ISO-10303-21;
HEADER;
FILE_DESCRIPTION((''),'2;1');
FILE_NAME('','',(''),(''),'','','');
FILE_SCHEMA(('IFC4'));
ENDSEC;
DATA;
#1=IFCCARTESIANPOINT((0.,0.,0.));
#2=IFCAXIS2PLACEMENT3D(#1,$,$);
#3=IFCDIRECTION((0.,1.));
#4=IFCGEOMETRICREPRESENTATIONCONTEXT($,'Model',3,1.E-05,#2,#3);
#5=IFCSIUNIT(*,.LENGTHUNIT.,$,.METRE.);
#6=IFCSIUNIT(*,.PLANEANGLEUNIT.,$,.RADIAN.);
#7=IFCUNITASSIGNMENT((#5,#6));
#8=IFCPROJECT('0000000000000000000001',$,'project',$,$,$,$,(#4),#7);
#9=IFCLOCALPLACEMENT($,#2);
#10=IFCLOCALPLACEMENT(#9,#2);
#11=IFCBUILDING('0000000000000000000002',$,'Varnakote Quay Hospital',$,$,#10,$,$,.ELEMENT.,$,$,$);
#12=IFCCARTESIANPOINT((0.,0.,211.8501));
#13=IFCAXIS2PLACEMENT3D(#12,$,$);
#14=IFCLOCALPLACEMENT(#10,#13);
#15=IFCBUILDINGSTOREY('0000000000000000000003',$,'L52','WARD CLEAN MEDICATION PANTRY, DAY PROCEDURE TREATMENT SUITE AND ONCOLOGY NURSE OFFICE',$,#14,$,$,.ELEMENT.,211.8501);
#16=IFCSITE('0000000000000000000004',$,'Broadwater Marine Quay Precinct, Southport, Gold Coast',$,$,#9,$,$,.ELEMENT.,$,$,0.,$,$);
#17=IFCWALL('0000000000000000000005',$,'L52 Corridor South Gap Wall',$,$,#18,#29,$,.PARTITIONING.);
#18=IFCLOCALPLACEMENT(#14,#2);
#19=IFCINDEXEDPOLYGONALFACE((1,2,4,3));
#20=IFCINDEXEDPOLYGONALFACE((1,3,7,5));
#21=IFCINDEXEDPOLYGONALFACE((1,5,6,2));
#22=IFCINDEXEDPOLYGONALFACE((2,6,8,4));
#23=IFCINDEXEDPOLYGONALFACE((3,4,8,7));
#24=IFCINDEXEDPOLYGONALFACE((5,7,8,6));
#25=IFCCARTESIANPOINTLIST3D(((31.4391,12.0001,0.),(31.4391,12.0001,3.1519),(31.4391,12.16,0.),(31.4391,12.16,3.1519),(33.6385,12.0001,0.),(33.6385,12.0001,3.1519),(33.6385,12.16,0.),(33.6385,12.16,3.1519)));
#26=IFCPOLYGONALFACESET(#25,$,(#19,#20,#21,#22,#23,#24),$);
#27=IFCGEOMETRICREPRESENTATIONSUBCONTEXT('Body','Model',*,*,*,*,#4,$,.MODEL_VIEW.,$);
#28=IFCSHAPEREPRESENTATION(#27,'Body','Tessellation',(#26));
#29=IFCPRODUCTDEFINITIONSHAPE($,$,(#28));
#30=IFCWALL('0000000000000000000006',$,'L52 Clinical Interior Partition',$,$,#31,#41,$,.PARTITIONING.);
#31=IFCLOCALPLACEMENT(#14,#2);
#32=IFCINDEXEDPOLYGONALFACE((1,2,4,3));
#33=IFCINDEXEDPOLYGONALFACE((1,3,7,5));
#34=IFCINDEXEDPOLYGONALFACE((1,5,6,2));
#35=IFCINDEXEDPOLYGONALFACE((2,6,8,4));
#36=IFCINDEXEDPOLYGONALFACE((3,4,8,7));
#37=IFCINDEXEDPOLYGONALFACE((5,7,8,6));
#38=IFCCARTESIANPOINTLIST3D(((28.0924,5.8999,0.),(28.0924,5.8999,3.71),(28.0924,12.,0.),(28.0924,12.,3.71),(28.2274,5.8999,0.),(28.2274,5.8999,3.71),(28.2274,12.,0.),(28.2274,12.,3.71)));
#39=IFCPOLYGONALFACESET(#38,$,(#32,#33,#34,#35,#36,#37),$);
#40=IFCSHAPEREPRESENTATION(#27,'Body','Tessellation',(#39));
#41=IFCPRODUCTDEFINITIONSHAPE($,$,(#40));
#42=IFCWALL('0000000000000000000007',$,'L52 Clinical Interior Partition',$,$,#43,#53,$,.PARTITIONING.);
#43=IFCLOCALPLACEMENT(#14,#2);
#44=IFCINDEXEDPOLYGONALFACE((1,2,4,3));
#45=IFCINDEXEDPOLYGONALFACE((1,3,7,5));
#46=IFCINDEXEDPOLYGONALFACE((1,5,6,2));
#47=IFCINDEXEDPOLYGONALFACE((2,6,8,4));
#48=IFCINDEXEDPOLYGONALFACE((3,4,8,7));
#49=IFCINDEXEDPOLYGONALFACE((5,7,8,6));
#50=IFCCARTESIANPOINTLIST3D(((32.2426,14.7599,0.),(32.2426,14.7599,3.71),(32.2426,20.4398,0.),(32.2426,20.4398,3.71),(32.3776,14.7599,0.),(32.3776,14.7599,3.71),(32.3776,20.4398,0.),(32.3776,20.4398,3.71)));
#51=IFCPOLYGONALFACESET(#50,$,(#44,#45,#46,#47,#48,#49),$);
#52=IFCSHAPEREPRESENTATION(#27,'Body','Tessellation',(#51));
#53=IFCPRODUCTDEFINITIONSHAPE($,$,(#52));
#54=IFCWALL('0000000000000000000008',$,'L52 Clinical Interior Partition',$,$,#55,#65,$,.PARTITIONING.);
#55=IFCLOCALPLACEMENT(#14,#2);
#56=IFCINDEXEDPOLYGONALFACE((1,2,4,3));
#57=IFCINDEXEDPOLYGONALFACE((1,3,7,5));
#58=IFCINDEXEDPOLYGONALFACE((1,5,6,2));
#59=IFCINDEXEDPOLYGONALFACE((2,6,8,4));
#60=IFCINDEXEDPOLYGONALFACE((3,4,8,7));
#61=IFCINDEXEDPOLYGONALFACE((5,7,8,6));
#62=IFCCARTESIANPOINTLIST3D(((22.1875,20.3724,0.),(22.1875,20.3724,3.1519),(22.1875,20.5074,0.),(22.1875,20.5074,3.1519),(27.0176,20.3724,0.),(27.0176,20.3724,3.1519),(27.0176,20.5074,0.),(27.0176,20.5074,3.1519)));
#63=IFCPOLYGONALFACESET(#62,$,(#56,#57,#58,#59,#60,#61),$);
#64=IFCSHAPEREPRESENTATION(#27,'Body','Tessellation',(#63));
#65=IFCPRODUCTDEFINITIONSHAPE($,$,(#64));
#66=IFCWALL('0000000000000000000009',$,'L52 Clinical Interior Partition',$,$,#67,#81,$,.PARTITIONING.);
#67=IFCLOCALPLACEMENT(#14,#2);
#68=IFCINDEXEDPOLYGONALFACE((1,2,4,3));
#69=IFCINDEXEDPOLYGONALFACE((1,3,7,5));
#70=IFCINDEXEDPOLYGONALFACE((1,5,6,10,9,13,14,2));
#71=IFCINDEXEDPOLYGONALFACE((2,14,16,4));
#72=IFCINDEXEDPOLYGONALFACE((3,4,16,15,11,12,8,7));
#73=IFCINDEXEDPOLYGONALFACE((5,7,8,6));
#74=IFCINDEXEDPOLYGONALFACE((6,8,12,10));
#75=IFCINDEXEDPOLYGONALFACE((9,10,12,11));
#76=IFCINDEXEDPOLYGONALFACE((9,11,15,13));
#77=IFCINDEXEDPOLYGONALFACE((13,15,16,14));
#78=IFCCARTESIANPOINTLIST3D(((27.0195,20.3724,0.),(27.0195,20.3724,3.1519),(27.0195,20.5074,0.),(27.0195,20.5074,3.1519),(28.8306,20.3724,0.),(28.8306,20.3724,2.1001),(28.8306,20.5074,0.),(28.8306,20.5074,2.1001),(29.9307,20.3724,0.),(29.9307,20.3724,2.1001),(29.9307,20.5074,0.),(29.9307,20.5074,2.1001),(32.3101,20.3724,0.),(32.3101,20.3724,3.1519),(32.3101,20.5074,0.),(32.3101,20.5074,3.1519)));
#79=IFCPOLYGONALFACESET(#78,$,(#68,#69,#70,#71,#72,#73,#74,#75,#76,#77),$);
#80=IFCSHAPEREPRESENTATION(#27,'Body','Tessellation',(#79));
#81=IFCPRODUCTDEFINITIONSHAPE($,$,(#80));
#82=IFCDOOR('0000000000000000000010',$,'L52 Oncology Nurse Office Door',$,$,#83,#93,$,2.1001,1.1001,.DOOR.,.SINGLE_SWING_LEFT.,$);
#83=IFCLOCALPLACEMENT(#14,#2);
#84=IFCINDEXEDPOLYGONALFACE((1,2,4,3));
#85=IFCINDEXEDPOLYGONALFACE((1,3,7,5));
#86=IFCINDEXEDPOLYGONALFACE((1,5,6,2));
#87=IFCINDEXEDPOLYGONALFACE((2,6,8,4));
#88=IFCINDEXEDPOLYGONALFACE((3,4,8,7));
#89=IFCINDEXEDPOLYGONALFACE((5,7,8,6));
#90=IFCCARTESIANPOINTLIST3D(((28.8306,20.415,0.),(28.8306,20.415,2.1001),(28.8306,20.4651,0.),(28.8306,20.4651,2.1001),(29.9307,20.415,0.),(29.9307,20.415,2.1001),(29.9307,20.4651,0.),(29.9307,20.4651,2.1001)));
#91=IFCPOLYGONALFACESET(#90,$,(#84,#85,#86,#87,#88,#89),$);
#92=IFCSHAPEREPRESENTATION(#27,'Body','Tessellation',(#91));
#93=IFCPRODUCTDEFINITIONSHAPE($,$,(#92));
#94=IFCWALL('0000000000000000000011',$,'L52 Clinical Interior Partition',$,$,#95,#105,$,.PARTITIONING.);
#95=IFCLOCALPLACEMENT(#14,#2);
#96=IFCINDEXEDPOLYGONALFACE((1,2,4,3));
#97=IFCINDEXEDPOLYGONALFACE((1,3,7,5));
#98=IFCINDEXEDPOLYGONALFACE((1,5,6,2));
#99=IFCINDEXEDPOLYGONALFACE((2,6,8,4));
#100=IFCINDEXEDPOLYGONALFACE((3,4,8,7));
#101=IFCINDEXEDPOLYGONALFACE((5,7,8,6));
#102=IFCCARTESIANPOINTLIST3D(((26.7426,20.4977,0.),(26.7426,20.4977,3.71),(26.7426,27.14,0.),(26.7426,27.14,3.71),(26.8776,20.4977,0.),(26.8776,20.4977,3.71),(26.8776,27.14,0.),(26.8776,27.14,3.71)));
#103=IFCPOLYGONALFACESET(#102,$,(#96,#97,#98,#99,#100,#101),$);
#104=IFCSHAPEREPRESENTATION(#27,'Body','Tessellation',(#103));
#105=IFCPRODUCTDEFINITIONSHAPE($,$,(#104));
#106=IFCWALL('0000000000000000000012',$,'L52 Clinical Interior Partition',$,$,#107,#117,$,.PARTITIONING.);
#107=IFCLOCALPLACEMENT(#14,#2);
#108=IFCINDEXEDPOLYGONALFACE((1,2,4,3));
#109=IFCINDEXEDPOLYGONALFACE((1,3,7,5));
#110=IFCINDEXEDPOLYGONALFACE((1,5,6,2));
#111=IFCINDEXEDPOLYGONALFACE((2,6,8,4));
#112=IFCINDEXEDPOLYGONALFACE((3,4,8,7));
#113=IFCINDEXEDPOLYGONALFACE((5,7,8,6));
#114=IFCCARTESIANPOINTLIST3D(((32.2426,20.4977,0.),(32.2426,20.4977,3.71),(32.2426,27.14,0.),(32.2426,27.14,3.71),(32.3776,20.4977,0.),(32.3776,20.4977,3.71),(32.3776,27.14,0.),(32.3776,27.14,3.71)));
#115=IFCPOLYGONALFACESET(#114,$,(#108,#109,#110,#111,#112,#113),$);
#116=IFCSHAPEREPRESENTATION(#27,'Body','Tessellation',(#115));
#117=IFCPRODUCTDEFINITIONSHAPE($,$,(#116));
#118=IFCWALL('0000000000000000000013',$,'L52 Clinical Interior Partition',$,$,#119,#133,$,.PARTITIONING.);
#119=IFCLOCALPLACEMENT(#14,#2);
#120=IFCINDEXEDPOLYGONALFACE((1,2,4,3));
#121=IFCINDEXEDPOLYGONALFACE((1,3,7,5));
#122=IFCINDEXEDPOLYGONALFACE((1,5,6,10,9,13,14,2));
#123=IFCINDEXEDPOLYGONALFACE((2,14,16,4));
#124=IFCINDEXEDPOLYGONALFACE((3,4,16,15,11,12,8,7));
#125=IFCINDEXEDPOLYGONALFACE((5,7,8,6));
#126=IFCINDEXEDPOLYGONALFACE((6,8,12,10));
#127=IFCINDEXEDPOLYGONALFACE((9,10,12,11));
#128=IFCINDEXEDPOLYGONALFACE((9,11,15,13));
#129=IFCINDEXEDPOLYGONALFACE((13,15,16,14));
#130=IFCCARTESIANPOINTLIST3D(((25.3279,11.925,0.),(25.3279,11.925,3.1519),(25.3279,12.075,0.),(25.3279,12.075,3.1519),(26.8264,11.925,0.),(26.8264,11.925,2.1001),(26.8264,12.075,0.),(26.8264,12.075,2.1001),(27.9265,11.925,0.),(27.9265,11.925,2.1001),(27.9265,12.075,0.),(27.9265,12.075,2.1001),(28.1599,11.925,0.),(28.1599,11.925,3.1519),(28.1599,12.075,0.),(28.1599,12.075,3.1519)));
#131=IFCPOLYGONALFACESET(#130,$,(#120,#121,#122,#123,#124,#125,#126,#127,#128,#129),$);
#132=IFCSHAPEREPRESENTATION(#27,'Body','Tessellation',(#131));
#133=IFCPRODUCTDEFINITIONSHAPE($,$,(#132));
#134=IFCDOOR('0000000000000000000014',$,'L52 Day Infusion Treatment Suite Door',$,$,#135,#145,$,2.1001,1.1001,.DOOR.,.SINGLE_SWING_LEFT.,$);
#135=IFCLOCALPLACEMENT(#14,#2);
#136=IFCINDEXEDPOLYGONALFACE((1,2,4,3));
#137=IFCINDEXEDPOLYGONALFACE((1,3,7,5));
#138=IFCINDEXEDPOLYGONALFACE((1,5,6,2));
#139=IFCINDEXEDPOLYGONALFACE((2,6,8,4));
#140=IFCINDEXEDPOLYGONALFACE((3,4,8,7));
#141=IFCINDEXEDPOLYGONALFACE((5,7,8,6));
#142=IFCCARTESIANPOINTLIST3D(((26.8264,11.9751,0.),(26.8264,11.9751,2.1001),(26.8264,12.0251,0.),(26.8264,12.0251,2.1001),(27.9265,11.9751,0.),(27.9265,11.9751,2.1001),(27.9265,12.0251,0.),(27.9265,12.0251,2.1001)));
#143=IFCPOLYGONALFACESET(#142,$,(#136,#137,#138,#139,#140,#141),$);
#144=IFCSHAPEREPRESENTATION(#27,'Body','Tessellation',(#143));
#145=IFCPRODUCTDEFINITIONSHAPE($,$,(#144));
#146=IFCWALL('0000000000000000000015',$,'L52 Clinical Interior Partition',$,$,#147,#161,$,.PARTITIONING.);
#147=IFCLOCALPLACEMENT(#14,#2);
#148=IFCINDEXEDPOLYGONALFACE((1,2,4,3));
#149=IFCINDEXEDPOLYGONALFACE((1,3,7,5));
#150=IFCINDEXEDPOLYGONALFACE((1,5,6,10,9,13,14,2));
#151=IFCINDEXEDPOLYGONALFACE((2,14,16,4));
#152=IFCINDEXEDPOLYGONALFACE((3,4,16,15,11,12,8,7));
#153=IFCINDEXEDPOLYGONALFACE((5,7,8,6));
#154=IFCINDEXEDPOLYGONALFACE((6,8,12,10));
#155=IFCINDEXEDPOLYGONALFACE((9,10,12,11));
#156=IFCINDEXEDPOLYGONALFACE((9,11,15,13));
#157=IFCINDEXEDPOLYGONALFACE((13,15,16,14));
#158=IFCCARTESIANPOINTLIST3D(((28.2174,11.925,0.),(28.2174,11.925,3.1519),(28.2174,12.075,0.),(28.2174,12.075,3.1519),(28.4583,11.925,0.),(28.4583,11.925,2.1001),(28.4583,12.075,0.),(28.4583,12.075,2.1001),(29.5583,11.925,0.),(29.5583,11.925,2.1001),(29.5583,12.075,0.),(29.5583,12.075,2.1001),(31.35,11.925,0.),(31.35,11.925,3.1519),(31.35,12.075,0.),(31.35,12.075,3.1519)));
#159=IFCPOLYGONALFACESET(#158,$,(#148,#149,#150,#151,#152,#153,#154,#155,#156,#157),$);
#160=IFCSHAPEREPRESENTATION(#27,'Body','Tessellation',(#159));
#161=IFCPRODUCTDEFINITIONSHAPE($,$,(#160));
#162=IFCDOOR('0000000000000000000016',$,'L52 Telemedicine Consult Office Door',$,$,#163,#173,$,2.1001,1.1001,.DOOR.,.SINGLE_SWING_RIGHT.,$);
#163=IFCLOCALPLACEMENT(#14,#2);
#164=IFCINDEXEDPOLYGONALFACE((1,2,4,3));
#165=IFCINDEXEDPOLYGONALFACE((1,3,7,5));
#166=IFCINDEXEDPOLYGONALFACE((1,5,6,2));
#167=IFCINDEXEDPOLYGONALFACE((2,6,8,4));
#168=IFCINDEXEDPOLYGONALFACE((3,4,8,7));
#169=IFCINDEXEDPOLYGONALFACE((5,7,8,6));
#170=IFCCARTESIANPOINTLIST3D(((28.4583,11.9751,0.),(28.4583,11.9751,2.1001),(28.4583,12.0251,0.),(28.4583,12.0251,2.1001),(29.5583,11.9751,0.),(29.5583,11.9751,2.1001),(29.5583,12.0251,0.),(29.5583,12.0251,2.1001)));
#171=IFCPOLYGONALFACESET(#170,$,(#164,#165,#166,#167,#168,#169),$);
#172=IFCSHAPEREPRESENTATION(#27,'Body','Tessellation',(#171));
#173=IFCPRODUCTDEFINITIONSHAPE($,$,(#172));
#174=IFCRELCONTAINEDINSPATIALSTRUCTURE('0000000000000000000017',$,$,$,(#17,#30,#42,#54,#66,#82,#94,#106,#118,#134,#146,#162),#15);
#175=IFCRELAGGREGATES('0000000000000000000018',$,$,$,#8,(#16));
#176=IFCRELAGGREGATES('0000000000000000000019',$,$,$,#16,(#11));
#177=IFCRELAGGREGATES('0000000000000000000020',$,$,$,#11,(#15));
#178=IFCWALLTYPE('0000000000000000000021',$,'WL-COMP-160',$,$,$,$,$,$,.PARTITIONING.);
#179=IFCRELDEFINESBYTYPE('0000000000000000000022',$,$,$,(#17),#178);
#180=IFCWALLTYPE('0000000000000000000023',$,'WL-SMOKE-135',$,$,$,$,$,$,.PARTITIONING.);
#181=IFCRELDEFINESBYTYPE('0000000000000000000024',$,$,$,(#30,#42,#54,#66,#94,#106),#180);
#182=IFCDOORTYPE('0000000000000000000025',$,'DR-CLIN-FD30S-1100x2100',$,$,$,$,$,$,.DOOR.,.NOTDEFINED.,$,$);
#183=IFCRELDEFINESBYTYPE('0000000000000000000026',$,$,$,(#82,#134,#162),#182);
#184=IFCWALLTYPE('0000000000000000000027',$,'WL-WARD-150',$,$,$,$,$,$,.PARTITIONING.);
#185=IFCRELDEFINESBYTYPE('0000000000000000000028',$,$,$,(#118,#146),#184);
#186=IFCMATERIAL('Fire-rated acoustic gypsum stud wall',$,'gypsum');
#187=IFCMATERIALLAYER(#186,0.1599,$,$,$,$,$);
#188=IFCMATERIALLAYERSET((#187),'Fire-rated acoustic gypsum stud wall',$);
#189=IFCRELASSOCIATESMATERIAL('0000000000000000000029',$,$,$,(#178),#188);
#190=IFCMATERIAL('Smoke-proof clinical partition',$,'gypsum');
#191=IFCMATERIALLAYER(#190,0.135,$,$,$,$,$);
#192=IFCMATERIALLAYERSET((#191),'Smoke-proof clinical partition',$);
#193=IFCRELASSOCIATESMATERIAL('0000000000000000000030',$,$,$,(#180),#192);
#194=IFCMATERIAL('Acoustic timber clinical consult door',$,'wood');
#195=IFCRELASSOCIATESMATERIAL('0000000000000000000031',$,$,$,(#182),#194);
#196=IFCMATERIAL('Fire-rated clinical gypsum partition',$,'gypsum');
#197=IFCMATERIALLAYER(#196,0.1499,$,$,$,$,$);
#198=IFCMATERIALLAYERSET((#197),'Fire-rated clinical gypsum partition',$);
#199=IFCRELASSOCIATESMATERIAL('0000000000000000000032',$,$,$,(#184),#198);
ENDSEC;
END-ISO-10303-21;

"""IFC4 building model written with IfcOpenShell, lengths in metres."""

from ifc_helpers import new_model, si_unit, direction, frame, frame_2d, origin, place, context, subcontext, project, spatial, rectangle, extrude, material, layer, layer_set, type_object, element, fill, save


model = new_model("IFC4")

# Units and contexts
model_context = context("Model", 3, precision=1e-05, world=origin(), true_north=direction((0.0, 1.0)))
body_context = subcontext(model_context, "Body", "Model", "MODEL_VIEW")
ifc_project = project(units=[si_unit("LENGTHUNIT", "METRE"), si_unit("PLANEANGLEUNIT", "RADIAN")], contexts=[model_context])

# Site, building, storey
site_placement = place(None, origin())
site = spatial("IfcSite", under=ifc_project, at=site_placement, Name="Broadwater Marine Quay Precinct, Southport, Gold Coast", CompositionType="ELEMENT", RefElevation=0.0)
building_placement = place(site_placement, origin())
building = spatial("IfcBuilding", under=site, at=building_placement, Name="Varnakote Quay Hospital", CompositionType="ELEMENT")
storey_placement = place(building_placement, frame((0.0, 0.0, 211.8501)))
storey = spatial("IfcBuildingStorey", under=building, at=storey_placement, Name="L52", Description="WARD CLEAN MEDICATION PANTRY, DAY PROCEDURE TREATMENT SUITE AND ONCOLOGY NURSE OFFICE", CompositionType="ELEMENT", Elevation=211.8501)

# Walls
ifc_material_1 = material(Name="Fire-rated acoustic gypsum stud wall", Category="gypsum")
ifc_layer_1 = layer(ifc_material_1, 0.1599)
ifc_layer_set_1 = layer_set([ifc_layer_1], Name="Fire-rated acoustic gypsum stud wall")
wall_type_1 = type_object("IfcWallType", Name="WL-COMP-160", PredefinedType="PARTITIONING", material=ifc_layer_set_1)
wall_1_placement = place(storey_placement, frame((31.4392, 12.0801, 0.0), z_axis=(0.0, 0.0, 1.0), x_axis=(1.0, 0.0, 0.0)))
element("IfcWall", 1, at=wall_1_placement, inside=storey, type_object=wall_type_1, Name="L52 Corridor South Gap Wall", PredefinedType="PARTITIONING", context=body_context, shape_type="SweptSolid", body=[
    extrude(rectangle(XDim=2.1995, YDim=0.1599, at=frame_2d((1.0996, 0.0))), origin(), (0.0, 0.0, 1.0), 3.1519),
])
ifc_material_2 = material(Name="Smoke-proof clinical partition", Category="gypsum")
ifc_layer_2 = layer(ifc_material_2, 0.135)
ifc_layer_set_2 = layer_set([ifc_layer_2], Name="Smoke-proof clinical partition")
wall_type_2 = type_object("IfcWallType", Name="WL-SMOKE-135", PredefinedType="PARTITIONING", material=ifc_layer_set_2)
wall_2_placement = place(storey_placement, frame((28.1599, 5.8999, 0.0), z_axis=(0.0, 0.0, 1.0), x_axis=(0.0, 1.0, 0.0)))
element("IfcWall", 2, at=wall_2_placement, inside=storey, type_object=wall_type_2, Name="L52 Clinical Interior Partition", PredefinedType="PARTITIONING", context=body_context, shape_type="SweptSolid", body=[
    extrude(rectangle(XDim=6.1001, YDim=0.135, at=frame_2d((3.05, 0.0))), origin(), (0.0, 0.0, 1.0), 3.71),
])
wall_3_placement = place(storey_placement, frame((32.3101, 14.76, 0.0), z_axis=(0.0, 0.0, 1.0), x_axis=(0.0, 1.0, 0.0)))
element("IfcWall", 3, at=wall_3_placement, inside=storey, type_object=wall_type_2, Name="L52 Clinical Interior Partition", PredefinedType="PARTITIONING", context=body_context, shape_type="SweptSolid", body=[
    extrude(rectangle(XDim=5.6799, YDim=0.135, at=frame_2d((2.8398, 0.0))), origin(), (0.0, 0.0, 1.0), 3.71),
])
wall_4_placement = place(storey_placement, frame((27.0176, 20.4399, 0.0), z_axis=(0.0, 0.0, 1.0), x_axis=(-1.0, 0.0, 0.0)))
element("IfcWall", 4, at=wall_4_placement, inside=storey, type_object=wall_type_2, Name="L52 Clinical Interior Partition", PredefinedType="PARTITIONING", context=body_context, shape_type="SweptSolid", body=[
    extrude(rectangle(XDim=4.8301, YDim=0.135, at=frame_2d((2.415, 0.0))), origin(), (0.0, 0.0, 1.0), 3.1519),
])

# Wall, opening, door
wall_5_placement = place(storey_placement, frame((32.3101, 20.4399, 0.0), z_axis=(0.0, 0.0, 1.0), x_axis=(-1.0, 0.0, 0.0)))
wall_5 = element("IfcWall", 5, at=wall_5_placement, inside=storey, type_object=wall_type_2, Name="L52 Clinical Interior Partition", PredefinedType="PARTITIONING", context=body_context, shape_type="SweptSolid", body=[
    extrude(rectangle(XDim=5.2905, YDim=0.135, at=frame_2d((2.6453, 0.0))), origin(), (0.0, 0.0, 1.0), 3.1519),
])
opening_1_placement = place(wall_5_placement, frame((2.3794, 0.0, 0.0)))
opening_1 = element("IfcOpeningElement", 6, at=opening_1_placement, cuts=wall_5, PredefinedType="OPENING", context=body_context, shape_type="SweptSolid", body=[
    extrude(rectangle(XDim=1.1001, YDim=2.1001, at=frame_2d((0.55, 1.05))), frame((0.0, 0.0774, 0.0), z_axis=(0.0, -1.0, 0.0), x_axis=(1.0, 0.0, 0.0)), (0.0, 0.0, 1.0), 0.155),
])
ifc_material_3 = material(Name="Acoustic timber clinical consult door", Category="wood")
door_type = type_object("IfcDoorType", Name="DR-CLIN-FD30S-1100x2100", OperationType="NOTDEFINED", PredefinedType="DOOR", material=ifc_material_3)
door_1_placement = place(opening_1_placement, origin())
door_1 = element("IfcDoor", 7, at=door_1_placement, inside=storey, type_object=door_type, Name="L52 Oncology Nurse Office Door", OperationType="SINGLE_SWING_LEFT", OverallHeight=2.1001, OverallWidth=1.1001, PredefinedType="DOOR", context=body_context, shape_type="SweptSolid", body=[
    extrude(rectangle(XDim=1.1001, YDim=2.1001, at=frame_2d((0.55, 1.05))), frame((0.0, 0.0249, 0.0), z_axis=(0.0, -1.0, 0.0), x_axis=(1.0, 0.0, 0.0)), (0.0, 0.0, 1.0), 0.05),
])
fill(opening_1, door_1)

# Walls
for number, where, z_axis, x_axis, name in (
    (8, (26.8101, 20.4976, 0.0), (0.0, 0.0, 1.0), (0.0, 1.0, 0.0), "L52 Clinical Interior Partition"),
    (9, (32.3101, 20.4976, 0.0), (0.0, 0.0, 1.0), (0.0, 1.0, 0.0), "L52 Clinical Interior Partition"),
):
    element("IfcWall", number, at=place(storey_placement, frame(where, z_axis=z_axis, x_axis=x_axis)), inside=storey, type_object=wall_type_2, Name=name, PredefinedType="PARTITIONING", context=body_context, shape_type="SweptSolid", body=[
        extrude(rectangle(XDim=6.6423, YDim=0.135, at=frame_2d((3.3213, 0.0))), origin(), (0.0, 0.0, 1.0), 3.71),
    ])

# Walls, openings, doors
ifc_material_4 = material(Name="Fire-rated clinical gypsum partition", Category="gypsum")
ifc_layer_3 = layer(ifc_material_4, 0.1499)
ifc_layer_set_3 = layer_set([ifc_layer_3], Name="Fire-rated clinical gypsum partition")
wall_type_3 = type_object("IfcWallType", Name="WL-WARD-150", PredefinedType="PARTITIONING", material=ifc_layer_set_3)
wall_6_placement = place(storey_placement, frame((28.1599, 12.0, 0.0), z_axis=(0.0, 0.0, 1.0), x_axis=(-1.0, 0.0, 0.0)))
wall_6 = element("IfcWall", 10, at=wall_6_placement, inside=storey, type_object=wall_type_3, Name="L52 Clinical Interior Partition", PredefinedType="PARTITIONING", context=body_context, shape_type="SweptSolid", body=[
    extrude(rectangle(XDim=2.832, YDim=0.1499, at=frame_2d((1.416, 0.0))), origin(), (0.0, 0.0, 1.0), 3.1519),
])
opening_2_placement = place(wall_6_placement, frame((0.2334, 0.0, 0.0)))
opening_2 = element("IfcOpeningElement", 11, at=opening_2_placement, cuts=wall_6, PredefinedType="OPENING", context=body_context, shape_type="SweptSolid", body=[
    extrude(rectangle(XDim=1.1001, YDim=2.1001, at=frame_2d((0.55, 1.05))), frame((0.0, 0.085, 0.0), z_axis=(0.0, -1.0, 0.0), x_axis=(1.0, 0.0, 0.0)), (0.0, 0.0, 1.0), 0.1699),
])
door_2_placement = place(opening_2_placement, origin())
door_2 = element("IfcDoor", 12, at=door_2_placement, inside=storey, type_object=door_type, Name="L52 Day Infusion Treatment Suite Door", OperationType="SINGLE_SWING_LEFT", OverallHeight=2.1001, OverallWidth=1.1001, PredefinedType="DOOR", context=body_context, shape_type="SweptSolid", body=[
    extrude(rectangle(XDim=1.1001, YDim=2.1001, at=frame_2d((0.55, 1.05))), frame((0.0, 0.0249, 0.0), z_axis=(0.0, -1.0, 0.0), x_axis=(1.0, 0.0, 0.0)), (0.0, 0.0, 1.0), 0.05),
])
fill(opening_2, door_2)
wall_7_placement = place(storey_placement, frame((31.3501, 12.0, 0.0), z_axis=(0.0, 0.0, 1.0), x_axis=(-1.0, 0.0, 0.0)))
wall_7 = element("IfcWall", 13, at=wall_7_placement, inside=storey, type_object=wall_type_3, Name="L52 Clinical Interior Partition", PredefinedType="PARTITIONING", context=body_context, shape_type="SweptSolid", body=[
    extrude(rectangle(XDim=3.1326, YDim=0.1499, at=frame_2d((1.5664, 0.0))), origin(), (0.0, 0.0, 1.0), 3.1519),
])
opening_3_placement = place(wall_7_placement, frame((1.7917, 0.0, 0.0)))
opening_3 = element("IfcOpeningElement", 14, at=opening_3_placement, cuts=wall_7, PredefinedType="OPENING", context=body_context, shape_type="SweptSolid", body=[
    extrude(rectangle(XDim=1.1001, YDim=2.1001, at=frame_2d((0.55, 1.05))), frame((0.0, 0.085, 0.0), z_axis=(0.0, -1.0, 0.0), x_axis=(1.0, 0.0, 0.0)), (0.0, 0.0, 1.0), 0.1699),
])
door_3_placement = place(opening_3_placement, origin())
door_3 = element("IfcDoor", 15, at=door_3_placement, inside=storey, type_object=door_type, Name="L52 Telemedicine Consult Office Door", OperationType="SINGLE_SWING_RIGHT", OverallHeight=2.1001, OverallWidth=1.1001, PredefinedType="DOOR", context=body_context, shape_type="SweptSolid", body=[
    extrude(rectangle(XDim=1.1001, YDim=2.1001, at=frame_2d((0.55, 1.05))), frame((0.0, 0.0249, 0.0), z_axis=(0.0, -1.0, 0.0), x_axis=(1.0, 0.0, 0.0)), (0.0, 0.0, 1.0), 0.05),
])
fill(opening_3, door_3)

save(model, "model.ifc")
